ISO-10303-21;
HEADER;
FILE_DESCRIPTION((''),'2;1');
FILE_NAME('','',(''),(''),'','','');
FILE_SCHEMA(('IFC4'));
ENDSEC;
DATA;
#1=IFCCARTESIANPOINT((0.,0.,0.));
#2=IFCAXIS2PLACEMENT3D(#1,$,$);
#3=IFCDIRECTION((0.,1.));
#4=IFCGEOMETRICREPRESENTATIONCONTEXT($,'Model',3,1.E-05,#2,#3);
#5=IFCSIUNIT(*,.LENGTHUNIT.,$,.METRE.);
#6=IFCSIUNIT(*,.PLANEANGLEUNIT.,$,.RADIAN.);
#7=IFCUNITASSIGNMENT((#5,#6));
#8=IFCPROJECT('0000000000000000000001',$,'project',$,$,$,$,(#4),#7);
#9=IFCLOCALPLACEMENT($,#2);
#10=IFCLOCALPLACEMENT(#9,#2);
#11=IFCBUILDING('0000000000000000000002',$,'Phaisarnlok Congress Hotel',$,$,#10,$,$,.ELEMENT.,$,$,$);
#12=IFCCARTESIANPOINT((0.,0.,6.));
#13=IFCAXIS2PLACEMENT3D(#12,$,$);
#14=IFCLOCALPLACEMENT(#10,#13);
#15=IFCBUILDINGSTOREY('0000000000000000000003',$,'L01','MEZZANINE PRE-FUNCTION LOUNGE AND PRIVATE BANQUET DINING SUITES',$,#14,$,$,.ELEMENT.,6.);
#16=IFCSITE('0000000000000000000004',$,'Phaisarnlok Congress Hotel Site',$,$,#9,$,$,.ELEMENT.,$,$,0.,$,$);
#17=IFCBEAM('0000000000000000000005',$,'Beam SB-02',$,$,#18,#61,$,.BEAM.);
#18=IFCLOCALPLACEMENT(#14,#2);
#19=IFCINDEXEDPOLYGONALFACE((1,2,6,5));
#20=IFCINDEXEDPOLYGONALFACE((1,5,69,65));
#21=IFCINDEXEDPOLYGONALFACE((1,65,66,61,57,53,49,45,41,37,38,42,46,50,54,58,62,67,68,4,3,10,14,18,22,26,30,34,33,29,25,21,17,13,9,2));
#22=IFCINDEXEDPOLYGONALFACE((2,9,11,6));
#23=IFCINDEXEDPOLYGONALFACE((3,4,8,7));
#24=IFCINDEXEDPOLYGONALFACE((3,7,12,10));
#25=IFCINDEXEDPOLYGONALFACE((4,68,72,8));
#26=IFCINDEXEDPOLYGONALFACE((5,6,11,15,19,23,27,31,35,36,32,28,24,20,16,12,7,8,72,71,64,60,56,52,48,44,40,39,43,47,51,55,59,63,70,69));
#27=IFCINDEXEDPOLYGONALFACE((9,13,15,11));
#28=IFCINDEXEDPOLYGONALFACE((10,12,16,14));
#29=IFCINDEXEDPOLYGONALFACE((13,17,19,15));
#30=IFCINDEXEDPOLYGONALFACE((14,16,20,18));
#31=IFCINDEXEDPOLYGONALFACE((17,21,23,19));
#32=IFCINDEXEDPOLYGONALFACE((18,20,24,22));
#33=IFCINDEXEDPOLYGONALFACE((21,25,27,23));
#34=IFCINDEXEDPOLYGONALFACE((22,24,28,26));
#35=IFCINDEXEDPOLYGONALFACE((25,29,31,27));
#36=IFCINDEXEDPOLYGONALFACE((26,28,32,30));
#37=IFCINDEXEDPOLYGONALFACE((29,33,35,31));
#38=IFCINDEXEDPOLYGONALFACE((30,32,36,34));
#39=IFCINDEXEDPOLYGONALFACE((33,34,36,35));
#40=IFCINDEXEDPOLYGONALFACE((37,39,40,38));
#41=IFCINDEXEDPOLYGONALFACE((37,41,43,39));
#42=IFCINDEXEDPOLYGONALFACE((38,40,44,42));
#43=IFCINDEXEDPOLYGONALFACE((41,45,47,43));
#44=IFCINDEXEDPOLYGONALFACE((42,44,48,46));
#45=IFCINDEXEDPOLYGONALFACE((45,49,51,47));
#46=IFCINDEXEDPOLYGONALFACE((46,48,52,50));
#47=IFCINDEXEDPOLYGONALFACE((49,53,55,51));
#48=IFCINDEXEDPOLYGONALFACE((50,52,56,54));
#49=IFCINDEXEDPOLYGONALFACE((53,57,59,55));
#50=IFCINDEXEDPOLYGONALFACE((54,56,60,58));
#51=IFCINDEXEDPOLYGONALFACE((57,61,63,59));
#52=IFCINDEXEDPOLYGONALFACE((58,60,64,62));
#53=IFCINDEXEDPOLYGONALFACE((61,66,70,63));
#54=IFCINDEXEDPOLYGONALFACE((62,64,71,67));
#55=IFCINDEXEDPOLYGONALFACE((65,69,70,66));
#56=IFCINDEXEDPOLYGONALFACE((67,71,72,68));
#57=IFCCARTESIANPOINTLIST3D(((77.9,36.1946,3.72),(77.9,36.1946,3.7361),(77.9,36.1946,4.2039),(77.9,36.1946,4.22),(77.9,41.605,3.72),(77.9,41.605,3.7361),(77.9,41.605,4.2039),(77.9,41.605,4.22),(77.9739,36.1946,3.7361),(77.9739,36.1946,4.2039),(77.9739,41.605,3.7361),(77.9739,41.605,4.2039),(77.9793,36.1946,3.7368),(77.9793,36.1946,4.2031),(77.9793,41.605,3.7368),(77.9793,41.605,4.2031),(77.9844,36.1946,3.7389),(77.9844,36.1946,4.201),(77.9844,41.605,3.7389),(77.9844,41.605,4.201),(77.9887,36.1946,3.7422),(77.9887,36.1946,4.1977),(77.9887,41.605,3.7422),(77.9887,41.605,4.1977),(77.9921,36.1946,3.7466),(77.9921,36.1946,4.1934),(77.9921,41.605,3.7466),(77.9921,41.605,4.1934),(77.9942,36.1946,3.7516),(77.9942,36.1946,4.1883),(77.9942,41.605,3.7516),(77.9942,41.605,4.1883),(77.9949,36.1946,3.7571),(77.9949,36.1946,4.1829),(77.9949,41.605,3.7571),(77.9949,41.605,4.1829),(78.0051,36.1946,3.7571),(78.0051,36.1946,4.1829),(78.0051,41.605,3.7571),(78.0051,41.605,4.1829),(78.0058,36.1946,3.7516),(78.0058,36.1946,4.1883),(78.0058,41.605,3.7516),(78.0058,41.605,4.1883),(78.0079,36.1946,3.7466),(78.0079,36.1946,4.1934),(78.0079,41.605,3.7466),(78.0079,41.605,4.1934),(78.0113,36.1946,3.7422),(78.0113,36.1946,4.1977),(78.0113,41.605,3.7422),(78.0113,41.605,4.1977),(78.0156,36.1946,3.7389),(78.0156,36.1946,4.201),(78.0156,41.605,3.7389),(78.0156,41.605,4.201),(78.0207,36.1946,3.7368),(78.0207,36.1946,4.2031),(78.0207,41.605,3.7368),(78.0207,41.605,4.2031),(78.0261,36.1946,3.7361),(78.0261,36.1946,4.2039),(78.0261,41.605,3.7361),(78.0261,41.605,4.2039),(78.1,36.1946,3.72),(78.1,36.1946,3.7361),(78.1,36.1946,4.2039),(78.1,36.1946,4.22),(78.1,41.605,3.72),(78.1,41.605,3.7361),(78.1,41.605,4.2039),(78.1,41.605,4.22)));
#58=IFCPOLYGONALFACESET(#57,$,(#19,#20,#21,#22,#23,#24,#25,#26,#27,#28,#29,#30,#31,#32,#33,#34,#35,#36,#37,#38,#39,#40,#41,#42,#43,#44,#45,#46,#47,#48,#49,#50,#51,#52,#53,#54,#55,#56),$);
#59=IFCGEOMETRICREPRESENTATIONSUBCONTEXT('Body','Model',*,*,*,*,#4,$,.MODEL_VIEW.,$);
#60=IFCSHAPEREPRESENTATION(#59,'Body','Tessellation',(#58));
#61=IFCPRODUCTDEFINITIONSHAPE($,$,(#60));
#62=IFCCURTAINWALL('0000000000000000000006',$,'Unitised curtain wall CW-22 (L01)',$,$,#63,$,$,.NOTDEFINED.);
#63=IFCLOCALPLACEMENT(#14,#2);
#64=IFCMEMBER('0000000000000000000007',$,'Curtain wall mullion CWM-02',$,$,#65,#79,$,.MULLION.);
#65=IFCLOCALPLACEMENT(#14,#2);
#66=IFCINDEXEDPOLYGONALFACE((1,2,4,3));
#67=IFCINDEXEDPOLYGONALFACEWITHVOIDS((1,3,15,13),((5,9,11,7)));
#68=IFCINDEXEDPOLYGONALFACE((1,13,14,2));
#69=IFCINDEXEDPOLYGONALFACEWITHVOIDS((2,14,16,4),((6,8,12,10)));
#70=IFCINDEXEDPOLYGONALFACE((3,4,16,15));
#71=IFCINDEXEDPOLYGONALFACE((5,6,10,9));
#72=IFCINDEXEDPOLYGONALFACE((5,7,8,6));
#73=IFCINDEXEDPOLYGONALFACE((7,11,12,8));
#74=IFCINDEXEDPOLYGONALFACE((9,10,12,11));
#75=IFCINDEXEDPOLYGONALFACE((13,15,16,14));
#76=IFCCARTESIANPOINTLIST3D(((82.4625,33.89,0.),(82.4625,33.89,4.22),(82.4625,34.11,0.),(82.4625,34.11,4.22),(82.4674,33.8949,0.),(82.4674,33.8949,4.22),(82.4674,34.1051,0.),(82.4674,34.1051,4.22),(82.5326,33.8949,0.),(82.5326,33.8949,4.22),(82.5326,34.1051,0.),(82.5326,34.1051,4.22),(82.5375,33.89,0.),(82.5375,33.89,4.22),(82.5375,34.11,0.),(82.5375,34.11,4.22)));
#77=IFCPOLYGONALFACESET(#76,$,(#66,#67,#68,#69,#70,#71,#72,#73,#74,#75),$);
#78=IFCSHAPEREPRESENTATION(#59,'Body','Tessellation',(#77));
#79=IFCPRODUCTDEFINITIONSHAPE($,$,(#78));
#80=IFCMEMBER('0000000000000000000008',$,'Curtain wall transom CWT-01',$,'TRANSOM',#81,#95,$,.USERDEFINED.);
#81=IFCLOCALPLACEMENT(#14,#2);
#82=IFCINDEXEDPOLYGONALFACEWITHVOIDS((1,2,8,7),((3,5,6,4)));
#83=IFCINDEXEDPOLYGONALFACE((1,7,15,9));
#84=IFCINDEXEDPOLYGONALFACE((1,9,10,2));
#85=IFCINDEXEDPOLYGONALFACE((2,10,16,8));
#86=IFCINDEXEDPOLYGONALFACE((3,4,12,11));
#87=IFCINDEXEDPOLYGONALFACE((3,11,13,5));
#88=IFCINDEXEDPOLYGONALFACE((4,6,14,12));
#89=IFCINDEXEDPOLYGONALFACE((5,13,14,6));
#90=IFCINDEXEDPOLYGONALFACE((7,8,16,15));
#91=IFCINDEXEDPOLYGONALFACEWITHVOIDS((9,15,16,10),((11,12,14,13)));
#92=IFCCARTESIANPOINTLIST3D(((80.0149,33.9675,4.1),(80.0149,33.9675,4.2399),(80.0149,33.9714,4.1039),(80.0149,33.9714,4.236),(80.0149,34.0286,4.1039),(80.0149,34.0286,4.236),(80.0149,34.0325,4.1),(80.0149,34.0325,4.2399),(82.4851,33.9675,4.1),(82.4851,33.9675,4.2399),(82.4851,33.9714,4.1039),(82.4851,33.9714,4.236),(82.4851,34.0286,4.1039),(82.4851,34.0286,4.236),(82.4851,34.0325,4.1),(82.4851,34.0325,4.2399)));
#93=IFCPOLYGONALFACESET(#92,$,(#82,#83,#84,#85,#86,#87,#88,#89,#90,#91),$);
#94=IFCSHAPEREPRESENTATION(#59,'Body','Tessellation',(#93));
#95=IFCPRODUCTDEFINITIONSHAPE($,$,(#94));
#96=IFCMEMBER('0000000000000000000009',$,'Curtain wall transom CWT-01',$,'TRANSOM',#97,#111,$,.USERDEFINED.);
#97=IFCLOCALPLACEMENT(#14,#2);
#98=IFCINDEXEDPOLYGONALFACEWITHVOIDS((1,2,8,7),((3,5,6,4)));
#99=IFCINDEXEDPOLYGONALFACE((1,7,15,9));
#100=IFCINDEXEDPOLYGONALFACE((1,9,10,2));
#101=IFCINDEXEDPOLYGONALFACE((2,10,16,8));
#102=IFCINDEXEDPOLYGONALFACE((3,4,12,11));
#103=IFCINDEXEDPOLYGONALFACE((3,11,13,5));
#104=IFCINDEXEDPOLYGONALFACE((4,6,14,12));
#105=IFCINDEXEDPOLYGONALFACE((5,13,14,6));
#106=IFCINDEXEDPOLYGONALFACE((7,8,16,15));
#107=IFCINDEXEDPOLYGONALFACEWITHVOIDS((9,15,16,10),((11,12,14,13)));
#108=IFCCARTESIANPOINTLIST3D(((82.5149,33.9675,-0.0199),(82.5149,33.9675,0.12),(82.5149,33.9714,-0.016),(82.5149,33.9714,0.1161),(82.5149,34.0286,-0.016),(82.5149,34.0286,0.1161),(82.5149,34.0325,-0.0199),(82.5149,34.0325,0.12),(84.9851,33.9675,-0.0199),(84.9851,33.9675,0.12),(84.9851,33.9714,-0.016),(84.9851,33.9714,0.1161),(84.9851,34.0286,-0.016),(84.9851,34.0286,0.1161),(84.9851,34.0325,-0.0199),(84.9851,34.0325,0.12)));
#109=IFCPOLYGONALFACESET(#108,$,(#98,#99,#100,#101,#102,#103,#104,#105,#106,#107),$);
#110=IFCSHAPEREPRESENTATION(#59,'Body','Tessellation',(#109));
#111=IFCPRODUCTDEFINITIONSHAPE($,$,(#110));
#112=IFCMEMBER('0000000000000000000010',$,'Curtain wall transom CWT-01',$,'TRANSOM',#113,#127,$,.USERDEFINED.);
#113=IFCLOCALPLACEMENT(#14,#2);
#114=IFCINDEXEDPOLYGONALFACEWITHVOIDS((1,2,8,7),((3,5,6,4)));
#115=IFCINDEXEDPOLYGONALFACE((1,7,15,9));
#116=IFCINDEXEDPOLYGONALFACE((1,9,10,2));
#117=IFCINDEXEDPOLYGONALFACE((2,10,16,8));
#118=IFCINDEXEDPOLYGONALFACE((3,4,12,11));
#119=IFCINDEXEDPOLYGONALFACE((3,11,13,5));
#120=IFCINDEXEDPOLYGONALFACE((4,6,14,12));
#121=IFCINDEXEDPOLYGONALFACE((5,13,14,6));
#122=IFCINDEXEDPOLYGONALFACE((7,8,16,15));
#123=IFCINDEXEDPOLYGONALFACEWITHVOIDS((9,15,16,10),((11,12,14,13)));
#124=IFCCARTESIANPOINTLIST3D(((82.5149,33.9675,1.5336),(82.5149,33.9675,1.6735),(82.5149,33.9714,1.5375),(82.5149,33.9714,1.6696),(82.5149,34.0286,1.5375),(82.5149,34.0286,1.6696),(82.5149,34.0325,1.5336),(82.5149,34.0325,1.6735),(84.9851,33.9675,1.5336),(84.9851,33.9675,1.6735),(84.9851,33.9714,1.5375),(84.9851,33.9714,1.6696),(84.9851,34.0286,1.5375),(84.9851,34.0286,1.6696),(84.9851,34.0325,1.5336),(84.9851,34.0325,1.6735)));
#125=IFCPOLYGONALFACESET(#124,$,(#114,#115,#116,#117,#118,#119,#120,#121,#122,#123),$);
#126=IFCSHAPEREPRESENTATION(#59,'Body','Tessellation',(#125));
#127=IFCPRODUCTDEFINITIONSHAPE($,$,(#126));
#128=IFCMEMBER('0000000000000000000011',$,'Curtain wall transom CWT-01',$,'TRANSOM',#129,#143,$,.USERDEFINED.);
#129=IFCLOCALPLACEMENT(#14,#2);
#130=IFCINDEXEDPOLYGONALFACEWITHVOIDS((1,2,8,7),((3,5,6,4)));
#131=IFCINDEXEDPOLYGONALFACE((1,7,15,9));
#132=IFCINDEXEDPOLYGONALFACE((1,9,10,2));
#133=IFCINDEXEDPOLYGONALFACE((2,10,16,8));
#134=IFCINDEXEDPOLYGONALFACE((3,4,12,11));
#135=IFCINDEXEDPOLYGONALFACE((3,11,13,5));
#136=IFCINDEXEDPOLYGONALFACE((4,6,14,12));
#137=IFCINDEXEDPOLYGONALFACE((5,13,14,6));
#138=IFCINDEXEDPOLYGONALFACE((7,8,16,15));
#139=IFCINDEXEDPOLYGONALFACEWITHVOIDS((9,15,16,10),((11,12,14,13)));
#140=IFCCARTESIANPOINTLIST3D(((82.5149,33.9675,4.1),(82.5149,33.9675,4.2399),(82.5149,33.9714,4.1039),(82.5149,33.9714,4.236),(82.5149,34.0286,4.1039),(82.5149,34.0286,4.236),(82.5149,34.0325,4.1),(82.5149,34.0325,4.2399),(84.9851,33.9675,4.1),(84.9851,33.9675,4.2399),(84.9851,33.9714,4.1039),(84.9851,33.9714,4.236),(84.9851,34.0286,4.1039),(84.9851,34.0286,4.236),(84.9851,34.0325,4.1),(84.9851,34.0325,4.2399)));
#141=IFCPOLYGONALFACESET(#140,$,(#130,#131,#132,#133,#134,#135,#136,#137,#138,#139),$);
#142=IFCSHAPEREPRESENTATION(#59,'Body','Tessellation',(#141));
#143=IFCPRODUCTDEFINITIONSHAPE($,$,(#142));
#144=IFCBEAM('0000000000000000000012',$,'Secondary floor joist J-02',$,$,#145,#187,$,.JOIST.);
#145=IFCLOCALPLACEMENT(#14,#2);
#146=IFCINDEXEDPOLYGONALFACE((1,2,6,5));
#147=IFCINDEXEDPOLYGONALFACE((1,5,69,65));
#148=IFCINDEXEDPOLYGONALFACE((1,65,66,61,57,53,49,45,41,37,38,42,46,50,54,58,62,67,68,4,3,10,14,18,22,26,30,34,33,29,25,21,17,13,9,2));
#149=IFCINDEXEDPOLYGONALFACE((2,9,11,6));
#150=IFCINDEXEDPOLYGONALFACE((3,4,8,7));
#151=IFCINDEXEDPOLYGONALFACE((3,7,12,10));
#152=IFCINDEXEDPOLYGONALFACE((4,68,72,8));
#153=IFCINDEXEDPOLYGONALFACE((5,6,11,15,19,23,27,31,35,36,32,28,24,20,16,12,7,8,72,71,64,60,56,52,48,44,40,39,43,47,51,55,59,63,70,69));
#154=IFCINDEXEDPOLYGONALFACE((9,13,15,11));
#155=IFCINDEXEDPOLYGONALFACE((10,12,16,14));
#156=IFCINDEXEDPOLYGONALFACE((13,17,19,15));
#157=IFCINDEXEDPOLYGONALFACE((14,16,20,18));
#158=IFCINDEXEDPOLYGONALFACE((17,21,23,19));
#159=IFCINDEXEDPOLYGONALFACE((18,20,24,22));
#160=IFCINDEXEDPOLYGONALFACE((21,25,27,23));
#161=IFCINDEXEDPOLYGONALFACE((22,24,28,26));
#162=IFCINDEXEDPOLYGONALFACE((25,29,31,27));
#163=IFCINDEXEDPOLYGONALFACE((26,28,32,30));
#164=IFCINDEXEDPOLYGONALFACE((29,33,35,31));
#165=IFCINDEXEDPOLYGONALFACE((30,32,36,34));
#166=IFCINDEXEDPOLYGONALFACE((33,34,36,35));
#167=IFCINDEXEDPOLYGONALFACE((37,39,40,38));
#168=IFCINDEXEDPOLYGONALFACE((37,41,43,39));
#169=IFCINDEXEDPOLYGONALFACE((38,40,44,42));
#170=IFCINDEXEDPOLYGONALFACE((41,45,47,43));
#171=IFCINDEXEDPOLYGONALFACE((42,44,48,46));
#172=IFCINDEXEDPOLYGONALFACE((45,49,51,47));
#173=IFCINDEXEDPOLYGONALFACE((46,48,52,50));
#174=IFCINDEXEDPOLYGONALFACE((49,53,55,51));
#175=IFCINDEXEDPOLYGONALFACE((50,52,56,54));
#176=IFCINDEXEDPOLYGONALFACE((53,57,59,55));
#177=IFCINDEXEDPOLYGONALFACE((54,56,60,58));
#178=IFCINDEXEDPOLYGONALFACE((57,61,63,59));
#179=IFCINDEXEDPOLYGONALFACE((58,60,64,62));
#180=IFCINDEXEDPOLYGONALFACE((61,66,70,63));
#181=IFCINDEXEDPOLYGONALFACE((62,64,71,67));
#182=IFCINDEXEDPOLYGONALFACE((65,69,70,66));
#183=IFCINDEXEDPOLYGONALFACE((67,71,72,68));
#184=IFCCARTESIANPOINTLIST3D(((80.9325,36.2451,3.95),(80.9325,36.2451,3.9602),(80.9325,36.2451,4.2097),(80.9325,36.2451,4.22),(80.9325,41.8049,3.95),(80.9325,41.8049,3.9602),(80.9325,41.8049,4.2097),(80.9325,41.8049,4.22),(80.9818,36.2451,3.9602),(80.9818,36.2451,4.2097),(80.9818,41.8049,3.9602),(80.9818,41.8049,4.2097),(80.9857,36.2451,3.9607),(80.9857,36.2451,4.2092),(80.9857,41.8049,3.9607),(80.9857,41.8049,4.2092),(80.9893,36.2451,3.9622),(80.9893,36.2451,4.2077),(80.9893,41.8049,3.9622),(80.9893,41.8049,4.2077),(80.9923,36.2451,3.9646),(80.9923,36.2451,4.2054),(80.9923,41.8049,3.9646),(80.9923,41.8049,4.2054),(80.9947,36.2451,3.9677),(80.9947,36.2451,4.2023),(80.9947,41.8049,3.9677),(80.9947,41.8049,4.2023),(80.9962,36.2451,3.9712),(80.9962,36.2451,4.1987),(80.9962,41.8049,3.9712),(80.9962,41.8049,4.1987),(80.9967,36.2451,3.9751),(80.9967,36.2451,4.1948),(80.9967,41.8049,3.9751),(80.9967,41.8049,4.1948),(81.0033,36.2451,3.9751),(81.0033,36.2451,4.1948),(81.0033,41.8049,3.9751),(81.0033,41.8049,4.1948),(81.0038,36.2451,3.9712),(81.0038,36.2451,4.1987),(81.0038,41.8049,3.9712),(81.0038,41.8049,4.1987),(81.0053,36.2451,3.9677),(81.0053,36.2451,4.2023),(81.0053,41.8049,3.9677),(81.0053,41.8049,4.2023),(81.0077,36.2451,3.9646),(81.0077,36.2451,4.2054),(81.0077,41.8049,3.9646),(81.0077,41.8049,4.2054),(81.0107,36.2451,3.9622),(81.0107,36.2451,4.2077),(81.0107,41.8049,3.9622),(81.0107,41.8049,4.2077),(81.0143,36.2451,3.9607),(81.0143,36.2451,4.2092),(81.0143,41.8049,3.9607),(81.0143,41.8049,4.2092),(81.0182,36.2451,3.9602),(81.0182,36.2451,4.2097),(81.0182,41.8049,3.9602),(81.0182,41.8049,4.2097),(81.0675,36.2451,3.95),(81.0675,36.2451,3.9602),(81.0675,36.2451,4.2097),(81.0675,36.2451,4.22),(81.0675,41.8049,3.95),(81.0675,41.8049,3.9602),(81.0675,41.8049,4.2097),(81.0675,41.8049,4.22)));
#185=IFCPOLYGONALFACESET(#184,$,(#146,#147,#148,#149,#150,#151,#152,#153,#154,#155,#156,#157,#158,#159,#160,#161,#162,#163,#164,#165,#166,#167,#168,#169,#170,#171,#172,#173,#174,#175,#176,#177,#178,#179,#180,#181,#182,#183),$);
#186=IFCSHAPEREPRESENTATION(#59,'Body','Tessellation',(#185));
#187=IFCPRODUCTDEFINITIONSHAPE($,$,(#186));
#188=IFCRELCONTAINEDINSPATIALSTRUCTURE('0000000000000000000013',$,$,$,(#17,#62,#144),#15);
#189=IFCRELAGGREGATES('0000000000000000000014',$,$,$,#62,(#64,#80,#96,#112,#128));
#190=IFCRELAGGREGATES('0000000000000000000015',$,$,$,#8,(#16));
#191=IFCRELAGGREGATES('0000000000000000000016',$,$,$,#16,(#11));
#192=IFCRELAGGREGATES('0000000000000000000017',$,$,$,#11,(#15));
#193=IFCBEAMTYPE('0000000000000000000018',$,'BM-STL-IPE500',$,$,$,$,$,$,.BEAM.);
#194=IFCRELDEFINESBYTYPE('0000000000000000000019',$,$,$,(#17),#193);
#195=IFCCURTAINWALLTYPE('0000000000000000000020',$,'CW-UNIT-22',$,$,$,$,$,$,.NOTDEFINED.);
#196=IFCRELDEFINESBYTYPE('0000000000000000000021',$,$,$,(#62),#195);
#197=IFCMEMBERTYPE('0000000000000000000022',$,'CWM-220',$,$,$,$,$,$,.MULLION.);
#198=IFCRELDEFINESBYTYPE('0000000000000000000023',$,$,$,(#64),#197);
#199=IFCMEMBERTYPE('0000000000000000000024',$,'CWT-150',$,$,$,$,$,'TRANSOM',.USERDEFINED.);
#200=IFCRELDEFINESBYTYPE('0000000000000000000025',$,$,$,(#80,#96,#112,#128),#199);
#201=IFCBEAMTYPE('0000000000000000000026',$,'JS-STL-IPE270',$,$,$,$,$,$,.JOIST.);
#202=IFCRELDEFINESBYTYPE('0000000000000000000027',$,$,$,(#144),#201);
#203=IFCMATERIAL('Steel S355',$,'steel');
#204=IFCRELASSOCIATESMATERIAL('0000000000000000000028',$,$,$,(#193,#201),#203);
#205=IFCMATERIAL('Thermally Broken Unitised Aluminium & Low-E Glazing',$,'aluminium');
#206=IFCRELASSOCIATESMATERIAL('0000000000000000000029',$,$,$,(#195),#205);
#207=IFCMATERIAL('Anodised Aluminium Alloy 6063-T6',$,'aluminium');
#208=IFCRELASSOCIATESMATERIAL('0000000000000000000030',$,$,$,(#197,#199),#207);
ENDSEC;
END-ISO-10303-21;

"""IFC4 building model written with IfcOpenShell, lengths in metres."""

from ifc_helpers import new_model, si_unit, direction, frame, origin, origin_2d, place, context, subcontext, project, spatial, hollow_rectangle, i_section, extrude, material, material_profile, profile_set, type_object, element, aggregate, save


model = new_model("IFC4")

# Units and contexts
model_context = context("Model", 3, precision=1e-05, world=origin(), true_north=direction((0.0, 1.0)))
body_context = subcontext(model_context, "Body", "Model", "MODEL_VIEW")
ifc_project = project(units=[si_unit("LENGTHUNIT", "METRE"), si_unit("PLANEANGLEUNIT", "RADIAN")], contexts=[model_context])

# Site, building, storey
site_placement = place(None, origin())
site = spatial("IfcSite", under=ifc_project, at=site_placement, Name="Phaisarnlok Congress Hotel Site", CompositionType="ELEMENT", RefElevation=0.0)
building_placement = place(site_placement, origin())
building = spatial("IfcBuilding", under=site, at=building_placement, Name="Phaisarnlok Congress Hotel", CompositionType="ELEMENT")
storey_placement = place(building_placement, frame((0.0, 0.0, 6.0)))
storey = spatial("IfcBuildingStorey", under=building, at=storey_placement, Name="L01", Description="MEZZANINE PRE-FUNCTION LOUNGE AND PRIVATE BANQUET DINING SUITES", CompositionType="ELEMENT", Elevation=6.0)

# Shared definitions
ifc_material_1 = material(Name="Steel S355", Category="steel")

# Beam
ifc_material_profile_1 = material_profile(ifc_material_1, i_section(OverallWidth=0.2, OverallDepth=0.5, WebThickness=0.0103, FlangeThickness=0.0161, FilletRadius=0.021, at=origin_2d()), Name="IPE 500")
ifc_profile_set_1 = profile_set([ifc_material_profile_1], Name="Steel S355")
beam_type_1 = type_object("IfcBeamType", Name="BM-STL-IPE500", PredefinedType="BEAM", material=ifc_profile_set_1)
beam_1_placement = place(storey_placement, frame((78.0, 36.1946, 3.97), z_axis=(0.0, 1.0, 0.0), x_axis=(-1.0, 0.0, 0.0)))
element("IfcBeam", 1, at=beam_1_placement, inside=storey, type_object=beam_type_1, Name="Beam SB-02", PredefinedType="BEAM", context=body_context, shape_type="SweptSolid", body=[
    extrude(i_section(OverallWidth=0.2, OverallDepth=0.5, WebThickness=0.0103, FlangeThickness=0.0161, FilletRadius=0.021, at=origin_2d()), origin(), (0.0, 0.0, 1.0), 5.4104),
])

# Curtain wall, members
ifc_material_2 = material(Name="Thermally Broken Unitised Aluminium & Low-E Glazing", Category="aluminium")
curtain_wall_type = type_object("IfcCurtainWallType", Name="CW-UNIT-22", PredefinedType="NOTDEFINED", material=ifc_material_2)
curtain_wall_placement = place(storey_placement, origin())
curtain_wall = element("IfcCurtainWall", 2, at=curtain_wall_placement, inside=storey, type_object=curtain_wall_type, Name="Unitised curtain wall CW-22 (L01)", PredefinedType="NOTDEFINED")
ifc_material_3 = material(Name="Anodised Aluminium Alloy 6063-T6", Category="aluminium")
ifc_material_profile_2 = material_profile(ifc_material_3, hollow_rectangle(XDim=0.075, YDim=0.22, WallThickness=0.0049, at=origin_2d()), Name="ALU-M 75x220x5")
ifc_profile_set_2 = profile_set([ifc_material_profile_2], Name="Anodised Aluminium Alloy 6063-T6")
member_type_1 = type_object("IfcMemberType", Name="CWM-220", PredefinedType="MULLION", material=ifc_profile_set_2)
member_1_placement = place(storey_placement, frame((82.5, 34.0, 0.0), z_axis=(0.0, 0.0, 1.0), x_axis=(1.0, 0.0, 0.0)))
member_1 = element("IfcMember", 3, at=member_1_placement, type_object=member_type_1, Name="Curtain wall mullion CWM-02", PredefinedType="MULLION", context=body_context, shape_type="SweptSolid", body=[
    extrude(hollow_rectangle(XDim=0.075, YDim=0.22, WallThickness=0.0049, at=origin_2d()), origin(), (0.0, 0.0, 1.0), 4.22),
])
ifc_material_profile_3 = material_profile(ifc_material_3, hollow_rectangle(XDim=0.0649, YDim=0.1399, WallThickness=0.0039, at=origin_2d()), Name="ALU-T 65x140x4")
ifc_profile_set_3 = profile_set([ifc_material_profile_3], Name="Anodised Aluminium Alloy 6063-T6")
member_type_2 = type_object("IfcMemberType", Name="CWT-150", ElementType="TRANSOM", PredefinedType="USERDEFINED", material=ifc_profile_set_3)
member_2_placement = place(storey_placement, frame((80.0149, 34.0, 4.1699), z_axis=(1.0, 0.0, 0.0), x_axis=(0.0, 1.0, 0.0)))
member_2 = element("IfcMember", 4, at=member_2_placement, type_object=member_type_2, Name="Curtain wall transom CWT-01", ObjectType="TRANSOM", PredefinedType="USERDEFINED", context=body_context, shape_type="SweptSolid", body=[
    extrude(hollow_rectangle(XDim=0.0649, YDim=0.1399, WallThickness=0.0039, at=origin_2d()), origin(), (0.0, 0.0, 1.0), 2.4702),
])
member_3_placement = place(storey_placement, frame((82.5149, 34.0, 0.05), z_axis=(1.0, 0.0, 0.0), x_axis=(0.0, 1.0, 0.0)))
member_3 = element("IfcMember", 5, at=member_3_placement, type_object=member_type_2, Name="Curtain wall transom CWT-01", ObjectType="TRANSOM", PredefinedType="USERDEFINED", context=body_context, shape_type="SweptSolid", body=[
    extrude(hollow_rectangle(XDim=0.0649, YDim=0.1399, WallThickness=0.0039, at=origin_2d()), origin(), (0.0, 0.0, 1.0), 2.4702),
])
member_4_placement = place(storey_placement, frame((82.5149, 34.0, 1.6035), z_axis=(1.0, 0.0, 0.0), x_axis=(0.0, 1.0, 0.0)))
member_4 = element("IfcMember", 6, at=member_4_placement, type_object=member_type_2, Name="Curtain wall transom CWT-01", ObjectType="TRANSOM", PredefinedType="USERDEFINED", context=body_context, shape_type="SweptSolid", body=[
    extrude(hollow_rectangle(XDim=0.0649, YDim=0.1399, WallThickness=0.0039, at=origin_2d()), origin(), (0.0, 0.0, 1.0), 2.4702),
])
member_5_placement = place(storey_placement, frame((82.5149, 34.0, 4.1699), z_axis=(1.0, 0.0, 0.0), x_axis=(0.0, 1.0, 0.0)))
member_5 = element("IfcMember", 7, at=member_5_placement, type_object=member_type_2, Name="Curtain wall transom CWT-01", ObjectType="TRANSOM", PredefinedType="USERDEFINED", context=body_context, shape_type="SweptSolid", body=[
    extrude(hollow_rectangle(XDim=0.0649, YDim=0.1399, WallThickness=0.0039, at=origin_2d()), origin(), (0.0, 0.0, 1.0), 2.4702),
])

# Beam
ifc_material_profile_4 = material_profile(ifc_material_1, i_section(OverallWidth=0.135, OverallDepth=0.27, WebThickness=0.0066, FlangeThickness=0.0103, FilletRadius=0.0149, at=origin_2d()), Name="IPE 270")
ifc_profile_set_4 = profile_set([ifc_material_profile_4], Name="Steel S355")
beam_type_2 = type_object("IfcBeamType", Name="JS-STL-IPE270", PredefinedType="JOIST", material=ifc_profile_set_4)
beam_2_placement = place(storey_placement, frame((81.0, 36.2451, 4.085), z_axis=(0.0, 1.0, 0.0), x_axis=(-1.0, 0.0, 0.0)))
element("IfcBeam", 8, at=beam_2_placement, inside=storey, type_object=beam_type_2, Name="Secondary floor joist J-02", PredefinedType="JOIST", context=body_context, shape_type="SweptSolid", body=[
    extrude(i_section(OverallWidth=0.135, OverallDepth=0.27, WebThickness=0.0066, FlangeThickness=0.0103, FilletRadius=0.0149, at=origin_2d()), origin(), (0.0, 0.0, 1.0), 5.5598),
])

aggregate(curtain_wall, [member_1, member_2, member_3, member_4, member_5])

save(model, "model.ifc")
